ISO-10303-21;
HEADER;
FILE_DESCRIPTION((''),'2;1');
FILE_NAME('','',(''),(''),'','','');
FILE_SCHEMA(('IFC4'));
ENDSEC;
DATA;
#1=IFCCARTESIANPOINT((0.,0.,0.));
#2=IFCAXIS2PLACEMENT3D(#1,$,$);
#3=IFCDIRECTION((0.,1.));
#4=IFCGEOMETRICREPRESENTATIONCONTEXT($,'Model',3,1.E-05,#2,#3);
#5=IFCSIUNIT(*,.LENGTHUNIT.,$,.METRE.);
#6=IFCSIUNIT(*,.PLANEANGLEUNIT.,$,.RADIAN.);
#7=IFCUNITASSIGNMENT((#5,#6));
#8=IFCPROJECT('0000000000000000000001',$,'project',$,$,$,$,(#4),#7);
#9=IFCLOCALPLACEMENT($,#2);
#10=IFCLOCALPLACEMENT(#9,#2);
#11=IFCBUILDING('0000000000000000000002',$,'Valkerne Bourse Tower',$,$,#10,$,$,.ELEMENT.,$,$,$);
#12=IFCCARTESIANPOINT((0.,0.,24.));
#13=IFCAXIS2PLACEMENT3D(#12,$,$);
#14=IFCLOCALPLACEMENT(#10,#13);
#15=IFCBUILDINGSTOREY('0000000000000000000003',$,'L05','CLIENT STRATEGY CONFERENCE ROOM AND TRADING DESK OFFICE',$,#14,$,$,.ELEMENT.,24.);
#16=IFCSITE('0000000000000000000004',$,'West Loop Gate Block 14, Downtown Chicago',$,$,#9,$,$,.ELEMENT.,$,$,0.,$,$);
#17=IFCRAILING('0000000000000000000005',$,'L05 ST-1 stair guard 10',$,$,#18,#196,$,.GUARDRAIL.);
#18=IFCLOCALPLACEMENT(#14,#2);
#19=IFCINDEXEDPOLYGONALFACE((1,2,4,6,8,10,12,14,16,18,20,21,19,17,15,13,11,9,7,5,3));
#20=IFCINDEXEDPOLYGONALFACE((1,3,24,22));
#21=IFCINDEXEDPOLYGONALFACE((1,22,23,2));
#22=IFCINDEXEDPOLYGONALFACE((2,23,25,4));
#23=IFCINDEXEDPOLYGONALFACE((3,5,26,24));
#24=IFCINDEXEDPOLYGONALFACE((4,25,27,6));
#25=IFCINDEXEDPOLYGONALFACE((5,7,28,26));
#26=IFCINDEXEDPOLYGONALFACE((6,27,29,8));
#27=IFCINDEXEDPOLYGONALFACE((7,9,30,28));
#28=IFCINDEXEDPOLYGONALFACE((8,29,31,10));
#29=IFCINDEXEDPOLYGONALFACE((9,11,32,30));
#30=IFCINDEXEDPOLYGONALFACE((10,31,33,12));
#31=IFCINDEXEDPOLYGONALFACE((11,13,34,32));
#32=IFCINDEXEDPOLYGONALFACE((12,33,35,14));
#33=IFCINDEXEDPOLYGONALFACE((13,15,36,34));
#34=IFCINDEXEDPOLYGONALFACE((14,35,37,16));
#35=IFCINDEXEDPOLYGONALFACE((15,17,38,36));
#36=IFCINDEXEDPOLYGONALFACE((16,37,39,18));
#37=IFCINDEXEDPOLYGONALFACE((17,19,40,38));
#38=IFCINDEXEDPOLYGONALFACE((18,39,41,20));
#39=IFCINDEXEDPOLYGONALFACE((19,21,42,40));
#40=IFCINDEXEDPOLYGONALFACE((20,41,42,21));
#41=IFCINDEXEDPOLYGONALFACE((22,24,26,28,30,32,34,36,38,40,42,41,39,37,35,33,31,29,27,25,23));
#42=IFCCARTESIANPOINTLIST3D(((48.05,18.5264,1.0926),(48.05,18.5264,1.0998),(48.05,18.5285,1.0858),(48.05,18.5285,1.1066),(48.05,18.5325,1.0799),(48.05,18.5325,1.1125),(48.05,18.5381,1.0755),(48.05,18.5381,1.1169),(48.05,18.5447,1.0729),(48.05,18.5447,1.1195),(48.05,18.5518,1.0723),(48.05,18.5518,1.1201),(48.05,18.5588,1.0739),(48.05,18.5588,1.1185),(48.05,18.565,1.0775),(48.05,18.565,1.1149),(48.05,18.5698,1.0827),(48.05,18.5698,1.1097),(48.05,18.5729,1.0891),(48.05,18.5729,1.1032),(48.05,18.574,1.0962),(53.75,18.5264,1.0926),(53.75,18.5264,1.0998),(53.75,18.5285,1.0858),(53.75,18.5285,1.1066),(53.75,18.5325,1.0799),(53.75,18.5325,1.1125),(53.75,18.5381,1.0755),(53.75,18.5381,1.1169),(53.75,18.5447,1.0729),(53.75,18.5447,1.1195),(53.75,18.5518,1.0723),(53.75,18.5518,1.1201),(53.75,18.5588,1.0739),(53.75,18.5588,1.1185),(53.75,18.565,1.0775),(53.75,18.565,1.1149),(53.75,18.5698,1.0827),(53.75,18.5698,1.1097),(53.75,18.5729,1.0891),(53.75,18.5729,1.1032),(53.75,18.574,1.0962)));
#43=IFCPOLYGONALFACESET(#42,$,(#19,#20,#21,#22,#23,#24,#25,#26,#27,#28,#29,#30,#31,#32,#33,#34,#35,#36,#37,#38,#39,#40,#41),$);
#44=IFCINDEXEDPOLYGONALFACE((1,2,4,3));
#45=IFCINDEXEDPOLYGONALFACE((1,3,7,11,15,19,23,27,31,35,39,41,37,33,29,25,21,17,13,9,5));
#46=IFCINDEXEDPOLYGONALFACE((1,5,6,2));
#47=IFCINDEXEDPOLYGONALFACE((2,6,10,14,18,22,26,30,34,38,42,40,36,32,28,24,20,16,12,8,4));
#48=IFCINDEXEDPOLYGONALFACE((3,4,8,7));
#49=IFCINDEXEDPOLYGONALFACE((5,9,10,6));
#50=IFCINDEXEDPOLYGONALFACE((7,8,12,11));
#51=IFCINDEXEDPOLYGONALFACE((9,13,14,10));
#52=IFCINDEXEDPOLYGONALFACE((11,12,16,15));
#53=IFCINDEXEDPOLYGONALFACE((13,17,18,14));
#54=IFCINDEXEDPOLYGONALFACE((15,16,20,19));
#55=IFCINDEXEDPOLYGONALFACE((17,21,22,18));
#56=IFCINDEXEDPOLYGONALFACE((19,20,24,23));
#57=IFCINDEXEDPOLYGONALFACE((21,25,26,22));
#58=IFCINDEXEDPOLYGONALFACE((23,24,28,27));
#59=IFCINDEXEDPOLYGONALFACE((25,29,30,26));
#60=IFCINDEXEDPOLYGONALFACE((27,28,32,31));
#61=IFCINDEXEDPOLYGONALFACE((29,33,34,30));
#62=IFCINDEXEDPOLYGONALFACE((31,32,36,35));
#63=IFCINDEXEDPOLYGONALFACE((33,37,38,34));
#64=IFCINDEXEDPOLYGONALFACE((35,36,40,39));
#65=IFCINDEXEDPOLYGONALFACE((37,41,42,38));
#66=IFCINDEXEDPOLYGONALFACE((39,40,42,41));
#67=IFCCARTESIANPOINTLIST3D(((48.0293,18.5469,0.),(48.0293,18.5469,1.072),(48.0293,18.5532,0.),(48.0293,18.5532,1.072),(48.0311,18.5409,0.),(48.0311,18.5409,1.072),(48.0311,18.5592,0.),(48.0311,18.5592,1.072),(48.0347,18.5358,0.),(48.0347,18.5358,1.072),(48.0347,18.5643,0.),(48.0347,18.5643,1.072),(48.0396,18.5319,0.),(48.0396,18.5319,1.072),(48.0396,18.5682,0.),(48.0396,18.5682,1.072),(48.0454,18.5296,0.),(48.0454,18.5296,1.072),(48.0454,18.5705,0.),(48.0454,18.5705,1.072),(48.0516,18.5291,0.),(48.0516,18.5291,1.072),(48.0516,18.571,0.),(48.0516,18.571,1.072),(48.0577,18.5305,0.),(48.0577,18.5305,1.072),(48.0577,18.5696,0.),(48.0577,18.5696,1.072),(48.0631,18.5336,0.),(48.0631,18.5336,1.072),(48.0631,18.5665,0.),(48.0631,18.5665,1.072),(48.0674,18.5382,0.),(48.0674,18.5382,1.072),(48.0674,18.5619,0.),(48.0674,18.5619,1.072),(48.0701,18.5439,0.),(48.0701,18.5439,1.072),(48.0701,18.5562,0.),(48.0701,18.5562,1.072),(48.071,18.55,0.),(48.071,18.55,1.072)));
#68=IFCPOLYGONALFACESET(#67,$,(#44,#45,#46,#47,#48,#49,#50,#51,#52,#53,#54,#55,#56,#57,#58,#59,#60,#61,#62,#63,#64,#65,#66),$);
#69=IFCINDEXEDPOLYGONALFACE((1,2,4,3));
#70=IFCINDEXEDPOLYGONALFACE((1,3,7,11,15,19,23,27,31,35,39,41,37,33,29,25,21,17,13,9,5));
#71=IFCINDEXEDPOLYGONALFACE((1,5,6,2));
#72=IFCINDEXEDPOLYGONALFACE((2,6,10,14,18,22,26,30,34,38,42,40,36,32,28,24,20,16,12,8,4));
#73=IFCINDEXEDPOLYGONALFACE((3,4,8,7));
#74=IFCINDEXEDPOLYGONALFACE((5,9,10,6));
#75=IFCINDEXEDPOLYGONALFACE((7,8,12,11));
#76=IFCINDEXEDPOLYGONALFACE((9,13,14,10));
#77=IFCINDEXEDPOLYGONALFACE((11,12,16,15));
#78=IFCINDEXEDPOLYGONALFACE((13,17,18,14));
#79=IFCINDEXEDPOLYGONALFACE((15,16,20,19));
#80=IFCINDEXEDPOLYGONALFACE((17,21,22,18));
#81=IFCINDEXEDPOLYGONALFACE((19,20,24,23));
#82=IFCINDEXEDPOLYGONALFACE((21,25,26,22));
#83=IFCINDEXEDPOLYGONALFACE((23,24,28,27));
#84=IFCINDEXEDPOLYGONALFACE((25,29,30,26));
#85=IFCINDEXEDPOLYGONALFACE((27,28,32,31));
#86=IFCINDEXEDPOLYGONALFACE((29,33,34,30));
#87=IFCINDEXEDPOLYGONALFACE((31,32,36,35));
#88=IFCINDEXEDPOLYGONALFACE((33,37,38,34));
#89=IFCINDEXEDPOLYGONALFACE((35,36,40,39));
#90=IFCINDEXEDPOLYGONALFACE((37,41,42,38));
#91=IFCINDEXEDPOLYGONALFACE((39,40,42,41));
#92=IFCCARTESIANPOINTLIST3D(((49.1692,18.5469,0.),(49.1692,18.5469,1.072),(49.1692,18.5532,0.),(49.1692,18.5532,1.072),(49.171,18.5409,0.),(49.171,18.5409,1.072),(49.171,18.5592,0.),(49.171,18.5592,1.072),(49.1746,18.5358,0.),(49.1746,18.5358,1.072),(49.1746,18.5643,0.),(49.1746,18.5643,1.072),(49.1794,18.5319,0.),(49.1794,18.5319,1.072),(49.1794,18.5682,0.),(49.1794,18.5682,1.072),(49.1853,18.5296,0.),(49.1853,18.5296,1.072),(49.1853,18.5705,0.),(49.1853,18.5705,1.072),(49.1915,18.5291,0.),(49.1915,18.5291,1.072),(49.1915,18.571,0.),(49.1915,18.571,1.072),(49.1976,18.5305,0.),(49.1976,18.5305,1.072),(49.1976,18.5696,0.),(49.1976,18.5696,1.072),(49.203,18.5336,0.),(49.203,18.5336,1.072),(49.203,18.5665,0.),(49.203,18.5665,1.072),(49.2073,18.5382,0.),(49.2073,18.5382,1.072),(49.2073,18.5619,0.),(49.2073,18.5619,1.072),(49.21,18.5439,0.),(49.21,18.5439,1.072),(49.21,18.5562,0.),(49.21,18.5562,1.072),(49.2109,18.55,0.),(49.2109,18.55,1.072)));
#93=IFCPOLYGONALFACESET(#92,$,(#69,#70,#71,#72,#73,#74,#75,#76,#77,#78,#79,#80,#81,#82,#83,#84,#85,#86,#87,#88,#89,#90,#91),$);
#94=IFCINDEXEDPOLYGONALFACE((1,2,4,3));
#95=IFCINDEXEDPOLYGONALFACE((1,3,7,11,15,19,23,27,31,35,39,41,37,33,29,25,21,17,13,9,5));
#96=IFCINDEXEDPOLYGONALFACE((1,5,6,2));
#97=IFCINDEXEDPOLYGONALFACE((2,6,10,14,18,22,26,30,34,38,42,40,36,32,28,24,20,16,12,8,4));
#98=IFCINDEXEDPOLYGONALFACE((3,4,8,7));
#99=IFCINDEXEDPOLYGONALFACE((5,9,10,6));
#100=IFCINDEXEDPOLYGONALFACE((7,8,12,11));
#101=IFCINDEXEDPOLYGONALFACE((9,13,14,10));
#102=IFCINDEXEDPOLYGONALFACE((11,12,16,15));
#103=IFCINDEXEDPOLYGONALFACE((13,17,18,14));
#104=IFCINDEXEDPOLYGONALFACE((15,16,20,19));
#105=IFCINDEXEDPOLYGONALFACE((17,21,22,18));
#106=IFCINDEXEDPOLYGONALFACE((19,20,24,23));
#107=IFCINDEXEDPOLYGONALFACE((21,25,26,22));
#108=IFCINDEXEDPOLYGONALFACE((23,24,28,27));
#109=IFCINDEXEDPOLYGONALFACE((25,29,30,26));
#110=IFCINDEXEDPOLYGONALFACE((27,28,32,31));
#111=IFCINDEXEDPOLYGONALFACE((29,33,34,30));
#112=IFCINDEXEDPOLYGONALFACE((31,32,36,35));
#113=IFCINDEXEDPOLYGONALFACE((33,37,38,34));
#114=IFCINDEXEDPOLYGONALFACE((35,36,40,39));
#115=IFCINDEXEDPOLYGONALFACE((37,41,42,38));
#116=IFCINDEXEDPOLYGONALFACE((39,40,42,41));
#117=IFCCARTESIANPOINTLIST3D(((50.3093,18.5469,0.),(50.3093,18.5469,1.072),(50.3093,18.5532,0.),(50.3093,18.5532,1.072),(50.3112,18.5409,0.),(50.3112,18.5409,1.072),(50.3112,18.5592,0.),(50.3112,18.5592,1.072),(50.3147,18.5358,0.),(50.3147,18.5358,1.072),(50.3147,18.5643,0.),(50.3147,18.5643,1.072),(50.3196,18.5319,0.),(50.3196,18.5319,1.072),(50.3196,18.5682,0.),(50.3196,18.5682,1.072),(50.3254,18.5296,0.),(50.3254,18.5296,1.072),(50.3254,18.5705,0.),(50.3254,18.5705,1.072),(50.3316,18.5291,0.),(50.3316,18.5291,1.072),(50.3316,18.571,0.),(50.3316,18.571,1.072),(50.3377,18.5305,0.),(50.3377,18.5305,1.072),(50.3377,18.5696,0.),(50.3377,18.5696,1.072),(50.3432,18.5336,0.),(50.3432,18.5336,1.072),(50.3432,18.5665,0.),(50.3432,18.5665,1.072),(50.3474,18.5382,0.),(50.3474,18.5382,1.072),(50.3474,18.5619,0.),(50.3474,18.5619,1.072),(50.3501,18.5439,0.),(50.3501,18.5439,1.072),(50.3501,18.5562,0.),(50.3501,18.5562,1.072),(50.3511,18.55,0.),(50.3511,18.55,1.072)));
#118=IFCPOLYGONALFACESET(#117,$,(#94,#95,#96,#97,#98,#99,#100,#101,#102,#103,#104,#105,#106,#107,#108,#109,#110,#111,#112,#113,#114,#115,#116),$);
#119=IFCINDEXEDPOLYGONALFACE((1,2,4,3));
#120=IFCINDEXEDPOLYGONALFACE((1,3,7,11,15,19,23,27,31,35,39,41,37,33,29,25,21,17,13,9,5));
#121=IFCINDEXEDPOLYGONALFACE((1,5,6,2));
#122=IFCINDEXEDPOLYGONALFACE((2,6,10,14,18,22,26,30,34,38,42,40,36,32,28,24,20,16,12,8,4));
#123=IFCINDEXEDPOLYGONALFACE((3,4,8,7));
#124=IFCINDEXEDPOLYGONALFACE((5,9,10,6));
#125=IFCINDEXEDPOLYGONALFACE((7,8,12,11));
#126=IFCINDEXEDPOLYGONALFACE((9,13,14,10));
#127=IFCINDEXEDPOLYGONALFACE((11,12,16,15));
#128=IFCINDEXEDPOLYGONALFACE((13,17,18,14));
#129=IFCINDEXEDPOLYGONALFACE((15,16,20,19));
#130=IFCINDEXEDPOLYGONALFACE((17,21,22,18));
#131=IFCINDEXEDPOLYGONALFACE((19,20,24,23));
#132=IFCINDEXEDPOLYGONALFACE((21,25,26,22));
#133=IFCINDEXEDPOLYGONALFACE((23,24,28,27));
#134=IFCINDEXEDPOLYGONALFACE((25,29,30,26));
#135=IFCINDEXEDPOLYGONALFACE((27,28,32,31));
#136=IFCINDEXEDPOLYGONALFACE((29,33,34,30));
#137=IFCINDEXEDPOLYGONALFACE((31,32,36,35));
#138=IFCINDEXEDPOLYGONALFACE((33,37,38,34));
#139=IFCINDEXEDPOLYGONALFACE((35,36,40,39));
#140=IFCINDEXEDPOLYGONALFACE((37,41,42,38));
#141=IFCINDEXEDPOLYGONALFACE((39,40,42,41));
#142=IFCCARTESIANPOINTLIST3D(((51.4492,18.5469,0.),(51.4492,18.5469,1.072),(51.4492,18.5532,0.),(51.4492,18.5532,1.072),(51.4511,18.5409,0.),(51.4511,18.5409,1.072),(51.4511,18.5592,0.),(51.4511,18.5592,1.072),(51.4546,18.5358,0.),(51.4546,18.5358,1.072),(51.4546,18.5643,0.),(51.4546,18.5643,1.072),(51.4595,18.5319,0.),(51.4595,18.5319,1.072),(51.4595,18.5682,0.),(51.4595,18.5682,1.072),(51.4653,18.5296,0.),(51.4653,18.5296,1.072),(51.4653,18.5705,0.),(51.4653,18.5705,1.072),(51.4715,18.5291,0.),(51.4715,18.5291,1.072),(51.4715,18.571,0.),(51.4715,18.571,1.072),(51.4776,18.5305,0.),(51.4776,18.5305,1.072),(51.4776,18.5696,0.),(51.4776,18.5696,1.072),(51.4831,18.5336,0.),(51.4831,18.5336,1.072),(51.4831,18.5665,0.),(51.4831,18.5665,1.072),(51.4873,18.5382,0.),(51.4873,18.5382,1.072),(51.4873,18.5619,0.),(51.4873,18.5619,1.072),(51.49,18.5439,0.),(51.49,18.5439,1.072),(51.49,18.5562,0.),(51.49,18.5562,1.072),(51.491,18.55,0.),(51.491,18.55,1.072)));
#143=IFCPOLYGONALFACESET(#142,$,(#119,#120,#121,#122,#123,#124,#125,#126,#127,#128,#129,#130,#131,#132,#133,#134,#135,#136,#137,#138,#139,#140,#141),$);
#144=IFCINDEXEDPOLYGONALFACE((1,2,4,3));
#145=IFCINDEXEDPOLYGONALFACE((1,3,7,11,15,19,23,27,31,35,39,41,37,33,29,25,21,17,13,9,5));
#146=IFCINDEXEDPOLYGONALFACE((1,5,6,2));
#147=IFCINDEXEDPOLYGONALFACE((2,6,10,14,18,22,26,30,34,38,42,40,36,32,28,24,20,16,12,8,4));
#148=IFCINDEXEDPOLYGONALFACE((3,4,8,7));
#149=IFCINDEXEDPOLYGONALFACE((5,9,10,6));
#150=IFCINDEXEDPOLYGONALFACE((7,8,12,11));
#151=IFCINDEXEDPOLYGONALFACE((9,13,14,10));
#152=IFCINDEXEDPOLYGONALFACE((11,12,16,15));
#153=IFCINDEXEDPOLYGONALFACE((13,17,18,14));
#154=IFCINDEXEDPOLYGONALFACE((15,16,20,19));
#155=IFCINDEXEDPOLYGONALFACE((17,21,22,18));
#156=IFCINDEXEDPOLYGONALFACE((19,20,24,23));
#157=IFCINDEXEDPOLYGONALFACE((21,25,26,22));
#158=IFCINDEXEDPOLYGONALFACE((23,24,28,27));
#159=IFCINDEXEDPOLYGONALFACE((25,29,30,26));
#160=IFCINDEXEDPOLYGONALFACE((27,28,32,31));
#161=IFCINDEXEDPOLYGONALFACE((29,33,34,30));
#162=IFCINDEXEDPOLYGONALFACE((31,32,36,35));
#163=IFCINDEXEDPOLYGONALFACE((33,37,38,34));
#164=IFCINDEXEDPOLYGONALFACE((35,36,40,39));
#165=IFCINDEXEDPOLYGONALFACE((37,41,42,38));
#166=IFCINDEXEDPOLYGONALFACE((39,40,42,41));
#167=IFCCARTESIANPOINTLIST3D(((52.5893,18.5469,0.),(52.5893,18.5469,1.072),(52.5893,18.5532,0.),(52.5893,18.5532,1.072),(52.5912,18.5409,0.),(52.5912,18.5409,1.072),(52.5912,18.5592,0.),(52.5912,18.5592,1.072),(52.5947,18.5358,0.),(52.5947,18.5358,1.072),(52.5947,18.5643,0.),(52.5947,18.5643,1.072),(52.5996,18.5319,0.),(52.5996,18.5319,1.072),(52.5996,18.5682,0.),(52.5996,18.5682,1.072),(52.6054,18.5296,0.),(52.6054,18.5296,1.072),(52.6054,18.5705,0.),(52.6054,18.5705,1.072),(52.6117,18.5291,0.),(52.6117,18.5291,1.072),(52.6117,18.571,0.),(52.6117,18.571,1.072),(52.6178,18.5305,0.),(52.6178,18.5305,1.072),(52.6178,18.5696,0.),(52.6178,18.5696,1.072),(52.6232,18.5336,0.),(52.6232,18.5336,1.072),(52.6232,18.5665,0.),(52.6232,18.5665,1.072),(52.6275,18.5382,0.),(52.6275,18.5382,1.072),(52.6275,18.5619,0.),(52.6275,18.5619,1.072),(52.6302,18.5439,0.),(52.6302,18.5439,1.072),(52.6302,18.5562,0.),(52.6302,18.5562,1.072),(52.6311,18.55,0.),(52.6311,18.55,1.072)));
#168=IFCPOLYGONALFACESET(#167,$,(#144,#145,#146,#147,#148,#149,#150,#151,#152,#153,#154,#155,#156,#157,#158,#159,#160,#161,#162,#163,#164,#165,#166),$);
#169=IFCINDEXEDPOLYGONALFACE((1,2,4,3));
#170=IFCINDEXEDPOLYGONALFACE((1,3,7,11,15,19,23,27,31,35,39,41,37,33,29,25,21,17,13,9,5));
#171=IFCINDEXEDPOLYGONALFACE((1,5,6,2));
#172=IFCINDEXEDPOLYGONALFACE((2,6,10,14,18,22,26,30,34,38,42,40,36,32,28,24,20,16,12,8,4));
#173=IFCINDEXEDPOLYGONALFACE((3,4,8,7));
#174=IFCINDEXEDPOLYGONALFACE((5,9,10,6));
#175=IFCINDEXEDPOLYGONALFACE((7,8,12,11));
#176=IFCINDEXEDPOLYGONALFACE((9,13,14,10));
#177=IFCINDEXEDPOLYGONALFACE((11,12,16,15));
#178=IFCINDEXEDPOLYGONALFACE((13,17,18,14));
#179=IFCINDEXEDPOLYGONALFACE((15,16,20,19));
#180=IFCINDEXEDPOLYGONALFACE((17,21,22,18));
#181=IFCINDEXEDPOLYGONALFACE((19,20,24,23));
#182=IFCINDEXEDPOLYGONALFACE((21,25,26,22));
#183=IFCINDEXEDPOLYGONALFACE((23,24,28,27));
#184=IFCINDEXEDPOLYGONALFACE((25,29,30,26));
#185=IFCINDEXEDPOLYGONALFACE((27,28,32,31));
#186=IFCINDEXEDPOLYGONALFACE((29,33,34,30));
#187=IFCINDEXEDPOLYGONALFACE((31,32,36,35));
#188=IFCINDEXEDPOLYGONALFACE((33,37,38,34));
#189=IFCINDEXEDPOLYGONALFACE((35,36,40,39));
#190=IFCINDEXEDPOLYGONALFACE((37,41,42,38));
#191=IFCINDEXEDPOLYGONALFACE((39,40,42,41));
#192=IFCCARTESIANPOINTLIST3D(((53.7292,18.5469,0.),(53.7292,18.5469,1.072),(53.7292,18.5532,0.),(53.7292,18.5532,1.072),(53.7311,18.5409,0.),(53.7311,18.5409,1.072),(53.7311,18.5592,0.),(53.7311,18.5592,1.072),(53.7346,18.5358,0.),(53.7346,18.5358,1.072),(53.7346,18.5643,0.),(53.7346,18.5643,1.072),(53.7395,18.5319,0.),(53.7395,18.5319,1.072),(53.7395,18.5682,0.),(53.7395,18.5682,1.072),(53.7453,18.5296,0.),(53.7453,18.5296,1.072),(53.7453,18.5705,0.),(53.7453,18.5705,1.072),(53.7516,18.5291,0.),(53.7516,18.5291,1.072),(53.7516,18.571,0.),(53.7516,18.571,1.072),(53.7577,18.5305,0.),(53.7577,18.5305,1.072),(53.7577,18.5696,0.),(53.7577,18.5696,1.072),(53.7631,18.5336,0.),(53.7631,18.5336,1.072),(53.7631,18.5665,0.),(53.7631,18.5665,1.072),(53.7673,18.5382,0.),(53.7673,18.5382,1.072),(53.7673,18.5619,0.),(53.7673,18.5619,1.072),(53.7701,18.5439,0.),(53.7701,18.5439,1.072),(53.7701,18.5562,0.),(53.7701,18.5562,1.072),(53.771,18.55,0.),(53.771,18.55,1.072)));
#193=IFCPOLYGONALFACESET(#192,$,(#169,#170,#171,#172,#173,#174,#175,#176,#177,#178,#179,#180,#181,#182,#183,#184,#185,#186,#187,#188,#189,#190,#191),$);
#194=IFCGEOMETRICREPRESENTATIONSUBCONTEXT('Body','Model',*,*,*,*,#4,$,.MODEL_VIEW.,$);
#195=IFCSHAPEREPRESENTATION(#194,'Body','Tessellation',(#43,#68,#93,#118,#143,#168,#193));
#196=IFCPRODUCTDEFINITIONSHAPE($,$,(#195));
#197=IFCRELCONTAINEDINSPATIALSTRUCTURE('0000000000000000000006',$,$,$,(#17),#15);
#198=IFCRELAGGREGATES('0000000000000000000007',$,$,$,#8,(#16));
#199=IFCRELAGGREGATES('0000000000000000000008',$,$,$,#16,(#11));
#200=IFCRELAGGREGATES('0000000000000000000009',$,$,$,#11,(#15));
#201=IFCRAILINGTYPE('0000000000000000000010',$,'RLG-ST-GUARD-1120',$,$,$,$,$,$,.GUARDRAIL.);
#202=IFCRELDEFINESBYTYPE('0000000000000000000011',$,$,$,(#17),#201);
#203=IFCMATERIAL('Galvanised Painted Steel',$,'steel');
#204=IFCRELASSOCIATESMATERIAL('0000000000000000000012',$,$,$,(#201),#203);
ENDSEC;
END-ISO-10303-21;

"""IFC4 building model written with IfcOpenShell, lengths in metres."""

from ifc_helpers import new_model, si_unit, direction, frame, origin, origin_2d, place, context, subcontext, project, spatial, circle, extrude, material, type_object, element, save


model = new_model("IFC4")

# Units and contexts
model_context = context("Model", 3, precision=1e-05, world=origin(), true_north=direction((0.0, 1.0)))
body_context = subcontext(model_context, "Body", "Model", "MODEL_VIEW")
ifc_project = project(units=[si_unit("LENGTHUNIT", "METRE"), si_unit("PLANEANGLEUNIT", "RADIAN")], contexts=[model_context])

# Site, building, storey
site_placement = place(None, origin())
site = spatial("IfcSite", under=ifc_project, at=site_placement, Name="West Loop Gate Block 14, Downtown Chicago", CompositionType="ELEMENT", RefElevation=0.0)
building_placement = place(site_placement, origin())
building = spatial("IfcBuilding", under=site, at=building_placement, Name="Valkerne Bourse Tower", CompositionType="ELEMENT")
storey_placement = place(building_placement, frame((0.0, 0.0, 24.0)))
storey = spatial("IfcBuildingStorey", under=building, at=storey_placement, Name="L05", Description="CLIENT STRATEGY CONFERENCE ROOM AND TRADING DESK OFFICE", CompositionType="ELEMENT", Elevation=24.0)

# Shared definitions
ifc_material_1 = material(Name="Galvanised Painted Steel", Category="steel")

# Railing
railing_type_1 = type_object("IfcRailingType", Name="RLG-ST-GUARD-1120", PredefinedType="GUARDRAIL", material=ifc_material_1)
railing_1_placement = place(storey_placement, frame((48.05, 18.55, 0.0)))
element("IfcRailing", 1, at=railing_1_placement, inside=storey, type_object=railing_type_1, Name="L05 ST-1 stair guard 10", PredefinedType="GUARDRAIL", context=body_context, shape_type="SweptSolid", body=[
    extrude(circle(Radius=0.0239, at=origin_2d()), frame((0.0, 0.0, 1.0962), z_axis=(1.0, 0.0, 0.0), x_axis=(0.0, 1.0, 0.0)), (0.0, 0.0, 1.0), 5.7),
    extrude(circle(Radius=0.021, at=origin_2d()), origin(), (0.0, 0.0, 1.0), 1.072),
    extrude(circle(Radius=0.021, at=origin_2d()), frame((1.1399, 0.0, 0.0)), (0.0, 0.0, 1.0), 1.072),
    extrude(circle(Radius=0.021, at=origin_2d()), frame((2.28, 0.0, 0.0)), (0.0, 0.0, 1.0), 1.072),
    extrude(circle(Radius=0.021, at=origin_2d()), frame((3.4199, 0.0, 0.0)), (0.0, 0.0, 1.0), 1.072),
    extrude(circle(Radius=0.021, at=origin_2d()), frame((4.5601, 0.0, 0.0)), (0.0, 0.0, 1.0), 1.072),
    extrude(circle(Radius=0.021, at=origin_2d()), frame((5.7, 0.0, 0.0)), (0.0, 0.0, 1.0), 1.072),
])

save(model, "model.ifc")
